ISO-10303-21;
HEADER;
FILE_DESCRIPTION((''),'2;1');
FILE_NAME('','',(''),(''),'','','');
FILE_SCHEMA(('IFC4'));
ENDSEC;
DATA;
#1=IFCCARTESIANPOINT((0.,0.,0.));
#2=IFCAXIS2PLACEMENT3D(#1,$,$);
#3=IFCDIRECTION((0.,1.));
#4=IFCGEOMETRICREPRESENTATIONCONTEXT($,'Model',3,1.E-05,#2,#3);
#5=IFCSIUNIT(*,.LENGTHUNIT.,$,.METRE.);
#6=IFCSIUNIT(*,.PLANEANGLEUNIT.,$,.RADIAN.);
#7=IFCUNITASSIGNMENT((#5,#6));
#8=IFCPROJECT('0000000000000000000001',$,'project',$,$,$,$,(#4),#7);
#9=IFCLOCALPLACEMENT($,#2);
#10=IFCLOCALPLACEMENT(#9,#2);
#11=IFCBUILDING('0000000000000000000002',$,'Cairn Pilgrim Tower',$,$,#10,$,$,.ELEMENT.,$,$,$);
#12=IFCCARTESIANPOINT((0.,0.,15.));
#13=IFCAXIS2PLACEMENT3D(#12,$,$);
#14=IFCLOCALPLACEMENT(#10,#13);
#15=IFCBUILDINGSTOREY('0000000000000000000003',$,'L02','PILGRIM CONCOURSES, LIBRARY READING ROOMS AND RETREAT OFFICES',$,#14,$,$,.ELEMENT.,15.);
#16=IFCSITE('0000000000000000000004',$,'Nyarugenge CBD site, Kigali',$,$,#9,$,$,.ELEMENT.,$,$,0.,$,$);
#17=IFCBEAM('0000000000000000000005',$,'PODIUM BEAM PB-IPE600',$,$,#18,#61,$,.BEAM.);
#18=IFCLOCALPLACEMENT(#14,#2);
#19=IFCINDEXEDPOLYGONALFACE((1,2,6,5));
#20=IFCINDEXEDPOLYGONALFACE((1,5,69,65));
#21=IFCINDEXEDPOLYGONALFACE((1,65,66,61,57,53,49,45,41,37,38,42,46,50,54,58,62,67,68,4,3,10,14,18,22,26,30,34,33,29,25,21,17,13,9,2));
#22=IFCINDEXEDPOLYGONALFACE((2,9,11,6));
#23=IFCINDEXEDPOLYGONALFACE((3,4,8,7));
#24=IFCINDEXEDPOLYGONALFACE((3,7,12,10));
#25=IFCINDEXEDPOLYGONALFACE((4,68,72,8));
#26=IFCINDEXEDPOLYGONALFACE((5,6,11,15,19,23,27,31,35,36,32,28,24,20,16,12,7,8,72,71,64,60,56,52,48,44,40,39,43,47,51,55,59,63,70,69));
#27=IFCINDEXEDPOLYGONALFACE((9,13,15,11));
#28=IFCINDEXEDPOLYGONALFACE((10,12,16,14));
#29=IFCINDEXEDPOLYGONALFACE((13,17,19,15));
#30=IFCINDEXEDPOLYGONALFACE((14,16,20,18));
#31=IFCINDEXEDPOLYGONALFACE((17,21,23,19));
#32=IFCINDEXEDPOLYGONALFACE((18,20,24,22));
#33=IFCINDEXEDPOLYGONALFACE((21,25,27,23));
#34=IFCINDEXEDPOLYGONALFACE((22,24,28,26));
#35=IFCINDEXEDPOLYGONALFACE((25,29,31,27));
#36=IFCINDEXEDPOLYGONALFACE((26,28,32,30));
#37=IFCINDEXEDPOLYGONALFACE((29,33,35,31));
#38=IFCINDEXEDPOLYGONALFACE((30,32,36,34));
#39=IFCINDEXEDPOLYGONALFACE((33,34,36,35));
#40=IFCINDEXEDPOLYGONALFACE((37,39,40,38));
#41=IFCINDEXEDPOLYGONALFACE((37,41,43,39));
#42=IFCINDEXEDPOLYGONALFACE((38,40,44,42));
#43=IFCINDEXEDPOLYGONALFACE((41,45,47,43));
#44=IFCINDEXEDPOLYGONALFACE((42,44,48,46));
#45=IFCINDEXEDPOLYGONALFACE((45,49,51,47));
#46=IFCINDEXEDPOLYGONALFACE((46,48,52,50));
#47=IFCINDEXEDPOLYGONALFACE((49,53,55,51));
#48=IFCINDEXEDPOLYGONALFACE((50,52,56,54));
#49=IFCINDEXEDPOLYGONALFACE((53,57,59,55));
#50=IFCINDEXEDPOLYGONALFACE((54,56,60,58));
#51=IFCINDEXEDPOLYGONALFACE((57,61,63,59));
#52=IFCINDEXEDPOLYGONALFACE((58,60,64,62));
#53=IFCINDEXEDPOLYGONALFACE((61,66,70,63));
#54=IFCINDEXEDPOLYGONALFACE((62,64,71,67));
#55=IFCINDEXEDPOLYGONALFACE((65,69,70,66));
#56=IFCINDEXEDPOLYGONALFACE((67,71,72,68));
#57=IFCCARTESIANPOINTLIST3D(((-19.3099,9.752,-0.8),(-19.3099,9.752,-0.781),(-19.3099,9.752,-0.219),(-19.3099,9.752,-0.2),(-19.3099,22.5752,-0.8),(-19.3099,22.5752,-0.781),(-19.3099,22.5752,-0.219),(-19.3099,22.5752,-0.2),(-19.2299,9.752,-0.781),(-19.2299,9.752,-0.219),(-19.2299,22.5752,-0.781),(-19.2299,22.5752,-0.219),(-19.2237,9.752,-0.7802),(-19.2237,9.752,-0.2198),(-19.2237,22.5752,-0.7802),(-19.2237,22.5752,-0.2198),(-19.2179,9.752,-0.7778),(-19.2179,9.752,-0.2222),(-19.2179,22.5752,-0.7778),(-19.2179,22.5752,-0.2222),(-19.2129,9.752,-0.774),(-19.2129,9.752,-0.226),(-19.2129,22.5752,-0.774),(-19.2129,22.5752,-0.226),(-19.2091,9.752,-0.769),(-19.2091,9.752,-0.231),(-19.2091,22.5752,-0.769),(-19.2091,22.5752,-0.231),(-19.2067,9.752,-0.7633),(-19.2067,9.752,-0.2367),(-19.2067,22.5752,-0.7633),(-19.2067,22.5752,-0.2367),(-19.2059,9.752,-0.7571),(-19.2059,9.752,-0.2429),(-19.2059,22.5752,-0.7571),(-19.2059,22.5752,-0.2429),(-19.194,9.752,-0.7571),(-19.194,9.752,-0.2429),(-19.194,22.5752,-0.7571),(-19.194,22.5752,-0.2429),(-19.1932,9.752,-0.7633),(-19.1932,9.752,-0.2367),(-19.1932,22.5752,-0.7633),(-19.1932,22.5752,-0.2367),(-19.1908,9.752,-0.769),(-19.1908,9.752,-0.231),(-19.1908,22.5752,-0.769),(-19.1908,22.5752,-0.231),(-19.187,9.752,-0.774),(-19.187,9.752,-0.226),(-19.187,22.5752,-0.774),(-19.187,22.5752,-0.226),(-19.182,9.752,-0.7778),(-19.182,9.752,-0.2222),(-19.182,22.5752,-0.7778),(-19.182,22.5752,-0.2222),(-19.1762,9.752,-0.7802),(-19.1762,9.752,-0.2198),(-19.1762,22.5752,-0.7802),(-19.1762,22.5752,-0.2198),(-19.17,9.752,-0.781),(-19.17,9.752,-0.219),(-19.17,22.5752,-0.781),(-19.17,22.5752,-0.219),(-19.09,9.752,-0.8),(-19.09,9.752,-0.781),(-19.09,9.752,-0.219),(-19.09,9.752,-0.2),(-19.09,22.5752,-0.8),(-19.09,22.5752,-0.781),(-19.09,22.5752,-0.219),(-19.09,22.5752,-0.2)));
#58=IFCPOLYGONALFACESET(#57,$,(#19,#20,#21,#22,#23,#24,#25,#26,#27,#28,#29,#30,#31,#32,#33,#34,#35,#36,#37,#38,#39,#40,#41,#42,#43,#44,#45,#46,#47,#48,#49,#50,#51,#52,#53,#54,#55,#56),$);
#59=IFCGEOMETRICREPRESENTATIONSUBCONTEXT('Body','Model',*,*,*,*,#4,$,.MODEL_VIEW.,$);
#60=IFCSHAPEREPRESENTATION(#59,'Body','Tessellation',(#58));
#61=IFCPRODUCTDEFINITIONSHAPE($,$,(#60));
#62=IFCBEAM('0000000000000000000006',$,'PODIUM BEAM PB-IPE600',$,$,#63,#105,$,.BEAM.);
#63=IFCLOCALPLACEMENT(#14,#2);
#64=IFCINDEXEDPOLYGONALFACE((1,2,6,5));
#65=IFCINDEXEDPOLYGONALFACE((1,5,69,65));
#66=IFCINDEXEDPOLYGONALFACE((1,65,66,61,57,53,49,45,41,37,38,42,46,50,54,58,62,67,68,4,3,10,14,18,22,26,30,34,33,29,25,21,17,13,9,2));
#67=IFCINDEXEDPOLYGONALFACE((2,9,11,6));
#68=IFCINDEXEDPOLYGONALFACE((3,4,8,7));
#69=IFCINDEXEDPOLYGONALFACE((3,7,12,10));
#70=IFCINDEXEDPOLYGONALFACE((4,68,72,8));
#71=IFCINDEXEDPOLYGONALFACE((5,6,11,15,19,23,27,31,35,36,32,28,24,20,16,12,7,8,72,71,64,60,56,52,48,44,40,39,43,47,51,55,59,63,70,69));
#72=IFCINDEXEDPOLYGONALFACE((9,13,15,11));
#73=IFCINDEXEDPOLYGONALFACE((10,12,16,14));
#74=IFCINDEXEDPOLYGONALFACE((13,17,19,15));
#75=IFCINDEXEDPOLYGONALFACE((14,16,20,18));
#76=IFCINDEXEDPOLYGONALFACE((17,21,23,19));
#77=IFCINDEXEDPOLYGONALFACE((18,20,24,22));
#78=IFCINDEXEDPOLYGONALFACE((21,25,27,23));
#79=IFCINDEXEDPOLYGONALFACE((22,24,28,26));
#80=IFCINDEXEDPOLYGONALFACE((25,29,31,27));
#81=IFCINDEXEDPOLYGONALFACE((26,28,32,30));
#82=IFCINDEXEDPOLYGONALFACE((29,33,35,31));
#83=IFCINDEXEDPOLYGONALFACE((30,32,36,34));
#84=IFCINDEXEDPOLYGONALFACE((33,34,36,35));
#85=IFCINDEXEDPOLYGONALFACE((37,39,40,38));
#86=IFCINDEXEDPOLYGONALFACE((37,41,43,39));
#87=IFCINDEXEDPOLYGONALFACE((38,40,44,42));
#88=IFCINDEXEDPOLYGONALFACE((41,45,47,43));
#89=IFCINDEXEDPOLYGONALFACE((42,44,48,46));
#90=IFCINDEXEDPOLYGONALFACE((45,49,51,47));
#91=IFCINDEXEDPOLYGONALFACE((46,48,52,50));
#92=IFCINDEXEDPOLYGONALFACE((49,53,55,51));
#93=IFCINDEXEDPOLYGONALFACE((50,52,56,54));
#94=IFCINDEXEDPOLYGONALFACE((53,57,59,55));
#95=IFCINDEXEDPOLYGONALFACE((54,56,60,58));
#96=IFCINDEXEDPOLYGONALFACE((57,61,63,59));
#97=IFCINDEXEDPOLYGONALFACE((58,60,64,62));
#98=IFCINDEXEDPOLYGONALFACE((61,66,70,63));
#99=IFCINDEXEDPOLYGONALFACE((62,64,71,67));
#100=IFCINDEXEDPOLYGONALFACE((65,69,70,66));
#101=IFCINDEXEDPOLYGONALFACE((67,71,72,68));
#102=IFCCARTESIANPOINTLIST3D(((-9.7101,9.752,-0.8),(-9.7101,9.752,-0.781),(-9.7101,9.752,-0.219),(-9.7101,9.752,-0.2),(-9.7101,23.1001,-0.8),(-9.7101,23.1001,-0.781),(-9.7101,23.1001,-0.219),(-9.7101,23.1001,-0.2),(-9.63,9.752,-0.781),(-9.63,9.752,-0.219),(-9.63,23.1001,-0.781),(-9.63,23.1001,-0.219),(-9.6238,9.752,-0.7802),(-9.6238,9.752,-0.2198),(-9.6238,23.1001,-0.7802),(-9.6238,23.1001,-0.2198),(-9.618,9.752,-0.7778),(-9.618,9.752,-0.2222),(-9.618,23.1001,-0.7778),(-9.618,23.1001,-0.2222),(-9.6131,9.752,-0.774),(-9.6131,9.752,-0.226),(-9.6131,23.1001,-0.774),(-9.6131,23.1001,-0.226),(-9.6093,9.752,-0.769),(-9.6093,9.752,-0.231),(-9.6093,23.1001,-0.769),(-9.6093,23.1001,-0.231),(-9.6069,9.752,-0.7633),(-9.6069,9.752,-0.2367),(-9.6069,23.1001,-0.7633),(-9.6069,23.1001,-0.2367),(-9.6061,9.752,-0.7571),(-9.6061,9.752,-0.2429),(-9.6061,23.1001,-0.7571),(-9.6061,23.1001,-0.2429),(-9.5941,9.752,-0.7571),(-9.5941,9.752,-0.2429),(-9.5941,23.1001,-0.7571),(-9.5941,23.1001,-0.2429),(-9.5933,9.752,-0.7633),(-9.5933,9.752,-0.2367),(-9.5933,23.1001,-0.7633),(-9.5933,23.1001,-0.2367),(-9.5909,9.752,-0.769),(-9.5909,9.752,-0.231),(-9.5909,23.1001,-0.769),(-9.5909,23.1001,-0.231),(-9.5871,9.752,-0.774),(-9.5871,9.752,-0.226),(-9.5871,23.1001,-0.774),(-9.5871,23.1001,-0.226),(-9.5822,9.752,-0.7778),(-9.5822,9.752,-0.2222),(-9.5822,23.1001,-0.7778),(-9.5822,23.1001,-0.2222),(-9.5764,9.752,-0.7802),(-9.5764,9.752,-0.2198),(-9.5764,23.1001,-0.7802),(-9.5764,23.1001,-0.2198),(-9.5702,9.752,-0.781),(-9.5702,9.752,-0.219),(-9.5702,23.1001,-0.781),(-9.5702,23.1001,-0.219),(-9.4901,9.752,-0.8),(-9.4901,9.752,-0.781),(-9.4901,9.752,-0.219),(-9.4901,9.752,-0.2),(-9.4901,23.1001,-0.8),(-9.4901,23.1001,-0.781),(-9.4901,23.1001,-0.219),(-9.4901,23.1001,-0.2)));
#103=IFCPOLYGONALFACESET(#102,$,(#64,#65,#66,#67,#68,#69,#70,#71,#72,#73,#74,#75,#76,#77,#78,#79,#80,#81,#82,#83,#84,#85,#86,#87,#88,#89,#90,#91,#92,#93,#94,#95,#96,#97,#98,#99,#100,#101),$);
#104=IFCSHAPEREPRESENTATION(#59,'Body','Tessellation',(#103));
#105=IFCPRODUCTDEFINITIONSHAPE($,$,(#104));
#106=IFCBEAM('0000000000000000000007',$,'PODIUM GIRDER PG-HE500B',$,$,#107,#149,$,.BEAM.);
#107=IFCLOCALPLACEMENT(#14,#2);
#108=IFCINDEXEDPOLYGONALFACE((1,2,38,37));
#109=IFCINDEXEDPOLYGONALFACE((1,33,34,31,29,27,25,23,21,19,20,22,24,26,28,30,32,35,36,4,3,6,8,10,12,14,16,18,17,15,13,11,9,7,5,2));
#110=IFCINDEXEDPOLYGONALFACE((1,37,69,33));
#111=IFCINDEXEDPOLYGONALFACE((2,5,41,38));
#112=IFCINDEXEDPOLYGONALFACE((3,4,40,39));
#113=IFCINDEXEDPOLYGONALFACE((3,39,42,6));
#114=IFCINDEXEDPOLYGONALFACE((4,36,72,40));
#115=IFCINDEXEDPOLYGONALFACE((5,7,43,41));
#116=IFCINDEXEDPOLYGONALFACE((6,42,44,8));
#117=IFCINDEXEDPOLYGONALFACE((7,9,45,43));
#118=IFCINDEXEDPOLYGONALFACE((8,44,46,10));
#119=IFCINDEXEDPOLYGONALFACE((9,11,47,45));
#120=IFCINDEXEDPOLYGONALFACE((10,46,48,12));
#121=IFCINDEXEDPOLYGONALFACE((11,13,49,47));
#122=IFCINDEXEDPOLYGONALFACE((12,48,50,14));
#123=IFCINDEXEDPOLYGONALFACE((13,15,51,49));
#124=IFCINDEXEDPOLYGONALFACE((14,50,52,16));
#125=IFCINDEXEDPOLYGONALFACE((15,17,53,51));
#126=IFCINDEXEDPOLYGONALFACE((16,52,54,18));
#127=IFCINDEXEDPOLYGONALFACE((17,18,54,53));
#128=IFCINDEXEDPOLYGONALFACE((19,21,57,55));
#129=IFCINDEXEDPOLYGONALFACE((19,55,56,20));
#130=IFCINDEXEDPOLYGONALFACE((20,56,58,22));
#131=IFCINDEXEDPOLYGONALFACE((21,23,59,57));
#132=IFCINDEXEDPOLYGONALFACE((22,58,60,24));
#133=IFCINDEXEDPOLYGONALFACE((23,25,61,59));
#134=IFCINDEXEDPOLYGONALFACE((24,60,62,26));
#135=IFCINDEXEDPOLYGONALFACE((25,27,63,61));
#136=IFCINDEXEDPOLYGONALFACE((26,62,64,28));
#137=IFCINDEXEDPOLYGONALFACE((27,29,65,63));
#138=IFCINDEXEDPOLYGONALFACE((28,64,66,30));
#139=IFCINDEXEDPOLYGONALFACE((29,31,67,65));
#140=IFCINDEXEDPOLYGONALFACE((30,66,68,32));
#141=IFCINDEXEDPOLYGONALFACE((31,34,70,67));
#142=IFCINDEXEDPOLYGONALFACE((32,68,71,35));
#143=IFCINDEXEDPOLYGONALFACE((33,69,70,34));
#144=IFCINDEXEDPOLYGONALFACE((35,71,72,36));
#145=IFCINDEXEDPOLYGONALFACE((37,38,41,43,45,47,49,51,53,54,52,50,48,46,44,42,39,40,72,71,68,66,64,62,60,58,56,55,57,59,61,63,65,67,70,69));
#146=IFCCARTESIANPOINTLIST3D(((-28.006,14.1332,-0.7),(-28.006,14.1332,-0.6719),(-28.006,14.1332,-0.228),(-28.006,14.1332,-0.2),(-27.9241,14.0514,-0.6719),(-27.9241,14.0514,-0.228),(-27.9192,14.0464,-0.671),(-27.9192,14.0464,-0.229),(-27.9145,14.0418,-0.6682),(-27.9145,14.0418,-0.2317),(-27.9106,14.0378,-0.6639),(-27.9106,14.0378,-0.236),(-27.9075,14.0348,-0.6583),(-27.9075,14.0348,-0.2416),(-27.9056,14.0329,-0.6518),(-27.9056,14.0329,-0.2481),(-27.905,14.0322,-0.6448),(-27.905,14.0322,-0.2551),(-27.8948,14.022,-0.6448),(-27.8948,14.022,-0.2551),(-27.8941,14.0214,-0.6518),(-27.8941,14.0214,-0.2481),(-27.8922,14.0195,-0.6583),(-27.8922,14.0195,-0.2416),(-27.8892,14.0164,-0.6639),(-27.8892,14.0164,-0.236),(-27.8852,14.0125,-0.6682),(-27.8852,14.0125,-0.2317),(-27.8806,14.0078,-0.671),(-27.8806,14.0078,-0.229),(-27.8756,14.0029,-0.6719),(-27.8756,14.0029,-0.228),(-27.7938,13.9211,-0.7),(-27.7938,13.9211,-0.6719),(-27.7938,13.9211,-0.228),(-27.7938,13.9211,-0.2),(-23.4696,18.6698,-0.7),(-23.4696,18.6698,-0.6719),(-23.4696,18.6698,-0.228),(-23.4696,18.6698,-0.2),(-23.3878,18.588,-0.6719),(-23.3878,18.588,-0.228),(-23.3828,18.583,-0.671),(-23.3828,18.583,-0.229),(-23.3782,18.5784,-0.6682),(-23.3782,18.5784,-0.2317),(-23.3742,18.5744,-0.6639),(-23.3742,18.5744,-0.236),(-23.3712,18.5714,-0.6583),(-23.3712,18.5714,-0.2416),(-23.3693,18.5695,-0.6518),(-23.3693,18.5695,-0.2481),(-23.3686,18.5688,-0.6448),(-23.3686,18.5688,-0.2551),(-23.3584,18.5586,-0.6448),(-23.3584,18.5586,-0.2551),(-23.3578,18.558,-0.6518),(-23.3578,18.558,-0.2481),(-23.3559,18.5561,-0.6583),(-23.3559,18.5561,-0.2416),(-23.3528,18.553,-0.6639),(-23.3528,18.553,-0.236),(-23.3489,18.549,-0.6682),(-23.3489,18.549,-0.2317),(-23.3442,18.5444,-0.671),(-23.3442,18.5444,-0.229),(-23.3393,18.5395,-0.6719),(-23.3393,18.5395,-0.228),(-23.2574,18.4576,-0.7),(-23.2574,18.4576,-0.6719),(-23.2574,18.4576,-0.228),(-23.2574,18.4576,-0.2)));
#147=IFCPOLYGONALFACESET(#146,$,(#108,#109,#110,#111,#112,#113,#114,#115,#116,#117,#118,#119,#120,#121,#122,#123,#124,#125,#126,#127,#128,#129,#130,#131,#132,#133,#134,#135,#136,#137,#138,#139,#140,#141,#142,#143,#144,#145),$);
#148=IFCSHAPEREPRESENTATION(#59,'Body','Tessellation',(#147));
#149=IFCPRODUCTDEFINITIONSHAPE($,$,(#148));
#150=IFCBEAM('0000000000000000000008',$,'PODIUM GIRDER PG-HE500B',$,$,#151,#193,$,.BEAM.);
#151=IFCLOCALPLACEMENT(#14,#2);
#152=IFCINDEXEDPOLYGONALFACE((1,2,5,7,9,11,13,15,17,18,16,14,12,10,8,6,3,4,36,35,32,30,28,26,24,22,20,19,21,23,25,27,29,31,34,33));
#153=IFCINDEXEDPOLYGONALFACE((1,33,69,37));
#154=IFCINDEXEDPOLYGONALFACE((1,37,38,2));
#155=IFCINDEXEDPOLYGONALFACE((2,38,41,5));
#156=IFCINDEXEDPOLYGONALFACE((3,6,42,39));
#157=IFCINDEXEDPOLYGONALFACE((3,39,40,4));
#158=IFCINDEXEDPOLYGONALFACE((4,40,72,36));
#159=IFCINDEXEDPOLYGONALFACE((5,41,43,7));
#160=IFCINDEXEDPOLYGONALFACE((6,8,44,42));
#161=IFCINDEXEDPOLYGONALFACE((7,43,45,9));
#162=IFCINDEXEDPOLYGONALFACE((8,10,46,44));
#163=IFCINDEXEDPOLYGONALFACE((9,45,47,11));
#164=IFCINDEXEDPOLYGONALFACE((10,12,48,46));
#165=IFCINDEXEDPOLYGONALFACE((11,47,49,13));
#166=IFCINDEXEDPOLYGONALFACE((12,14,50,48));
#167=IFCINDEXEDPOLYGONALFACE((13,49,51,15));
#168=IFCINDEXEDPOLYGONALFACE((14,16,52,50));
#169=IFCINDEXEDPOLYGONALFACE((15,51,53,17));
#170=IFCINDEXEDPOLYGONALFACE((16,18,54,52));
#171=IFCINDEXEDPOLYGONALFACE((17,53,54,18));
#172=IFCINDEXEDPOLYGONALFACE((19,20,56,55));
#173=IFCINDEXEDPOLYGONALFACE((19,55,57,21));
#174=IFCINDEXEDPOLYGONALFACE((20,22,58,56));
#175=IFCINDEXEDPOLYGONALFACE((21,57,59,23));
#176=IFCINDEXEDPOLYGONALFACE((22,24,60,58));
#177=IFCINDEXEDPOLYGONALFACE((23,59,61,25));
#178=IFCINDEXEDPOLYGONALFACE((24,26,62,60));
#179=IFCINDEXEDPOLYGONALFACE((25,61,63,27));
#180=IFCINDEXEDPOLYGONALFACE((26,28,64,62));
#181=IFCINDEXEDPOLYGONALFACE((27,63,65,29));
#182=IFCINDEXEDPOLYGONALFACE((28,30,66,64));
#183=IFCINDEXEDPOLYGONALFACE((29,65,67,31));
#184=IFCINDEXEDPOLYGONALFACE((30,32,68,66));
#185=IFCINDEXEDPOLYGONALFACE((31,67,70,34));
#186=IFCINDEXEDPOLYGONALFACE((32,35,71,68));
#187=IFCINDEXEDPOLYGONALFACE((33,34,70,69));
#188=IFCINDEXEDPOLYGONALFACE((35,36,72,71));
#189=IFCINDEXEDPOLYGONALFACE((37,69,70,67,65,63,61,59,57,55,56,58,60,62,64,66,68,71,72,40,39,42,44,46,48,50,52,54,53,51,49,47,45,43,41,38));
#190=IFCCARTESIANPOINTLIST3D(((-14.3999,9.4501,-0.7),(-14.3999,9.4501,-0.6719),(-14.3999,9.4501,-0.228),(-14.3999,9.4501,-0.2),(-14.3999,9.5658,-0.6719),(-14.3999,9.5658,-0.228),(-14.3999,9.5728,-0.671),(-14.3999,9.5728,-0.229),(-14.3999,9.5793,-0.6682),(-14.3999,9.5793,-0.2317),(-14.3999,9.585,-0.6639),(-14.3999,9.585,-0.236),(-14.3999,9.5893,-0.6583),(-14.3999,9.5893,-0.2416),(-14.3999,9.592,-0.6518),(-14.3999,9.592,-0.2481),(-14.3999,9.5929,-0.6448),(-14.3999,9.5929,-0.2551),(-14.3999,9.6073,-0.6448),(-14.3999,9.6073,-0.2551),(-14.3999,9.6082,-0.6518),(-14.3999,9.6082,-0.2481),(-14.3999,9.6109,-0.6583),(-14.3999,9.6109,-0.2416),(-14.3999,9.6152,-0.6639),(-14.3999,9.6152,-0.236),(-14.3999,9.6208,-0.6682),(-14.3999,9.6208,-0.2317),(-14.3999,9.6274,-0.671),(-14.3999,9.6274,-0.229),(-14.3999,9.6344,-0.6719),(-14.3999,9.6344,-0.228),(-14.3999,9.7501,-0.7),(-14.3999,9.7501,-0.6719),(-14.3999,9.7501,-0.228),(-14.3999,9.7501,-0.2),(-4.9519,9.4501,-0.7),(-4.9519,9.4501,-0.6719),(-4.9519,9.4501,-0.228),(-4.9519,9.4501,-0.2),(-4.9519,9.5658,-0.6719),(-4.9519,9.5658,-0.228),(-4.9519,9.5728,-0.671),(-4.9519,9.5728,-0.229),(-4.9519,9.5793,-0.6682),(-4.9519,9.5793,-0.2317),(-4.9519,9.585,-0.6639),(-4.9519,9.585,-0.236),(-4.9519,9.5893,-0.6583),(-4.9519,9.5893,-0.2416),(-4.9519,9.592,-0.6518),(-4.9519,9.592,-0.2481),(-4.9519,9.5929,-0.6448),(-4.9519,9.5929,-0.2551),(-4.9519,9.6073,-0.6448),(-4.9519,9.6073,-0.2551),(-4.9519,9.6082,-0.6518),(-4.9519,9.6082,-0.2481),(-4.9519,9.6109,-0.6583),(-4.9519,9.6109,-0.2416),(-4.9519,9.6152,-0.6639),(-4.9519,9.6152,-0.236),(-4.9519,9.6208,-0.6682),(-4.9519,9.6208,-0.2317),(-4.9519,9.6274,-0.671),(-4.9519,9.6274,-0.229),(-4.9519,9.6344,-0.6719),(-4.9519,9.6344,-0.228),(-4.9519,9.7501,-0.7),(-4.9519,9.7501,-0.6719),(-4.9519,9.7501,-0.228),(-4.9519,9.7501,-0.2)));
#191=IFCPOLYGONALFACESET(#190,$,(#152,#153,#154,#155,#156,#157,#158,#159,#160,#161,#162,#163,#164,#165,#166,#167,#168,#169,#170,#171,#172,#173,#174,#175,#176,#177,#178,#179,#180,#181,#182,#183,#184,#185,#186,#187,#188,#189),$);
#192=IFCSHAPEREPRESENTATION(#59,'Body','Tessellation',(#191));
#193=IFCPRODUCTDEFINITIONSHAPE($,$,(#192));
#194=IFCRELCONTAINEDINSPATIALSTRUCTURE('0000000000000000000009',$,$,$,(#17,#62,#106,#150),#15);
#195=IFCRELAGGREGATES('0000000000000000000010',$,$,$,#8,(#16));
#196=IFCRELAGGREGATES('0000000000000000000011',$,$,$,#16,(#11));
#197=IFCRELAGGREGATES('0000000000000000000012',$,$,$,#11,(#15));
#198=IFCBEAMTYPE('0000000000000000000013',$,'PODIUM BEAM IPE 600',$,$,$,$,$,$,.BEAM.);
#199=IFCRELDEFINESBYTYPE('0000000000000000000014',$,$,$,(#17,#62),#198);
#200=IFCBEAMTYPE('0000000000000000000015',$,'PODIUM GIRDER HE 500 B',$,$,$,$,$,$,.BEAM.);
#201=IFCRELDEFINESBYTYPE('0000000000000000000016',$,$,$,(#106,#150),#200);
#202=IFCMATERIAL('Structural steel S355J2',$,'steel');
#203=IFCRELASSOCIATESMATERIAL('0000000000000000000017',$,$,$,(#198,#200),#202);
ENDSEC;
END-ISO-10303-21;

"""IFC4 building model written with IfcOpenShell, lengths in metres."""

from ifc_helpers import new_model, si_unit, direction, frame, origin, origin_2d, place, context, subcontext, project, spatial, i_section, extrude, material, material_profile, profile_set, type_object, element, save


model = new_model("IFC4")

# Units and contexts
model_context = context("Model", 3, precision=1e-05, world=origin(), true_north=direction((0.0, 1.0)))
body_context = subcontext(model_context, "Body", "Model", "MODEL_VIEW")
ifc_project = project(units=[si_unit("LENGTHUNIT", "METRE"), si_unit("PLANEANGLEUNIT", "RADIAN")], contexts=[model_context])

# Site, building, storey
site_placement = place(None, origin())
site = spatial("IfcSite", under=ifc_project, at=site_placement, Name="Nyarugenge CBD site, Kigali", CompositionType="ELEMENT", RefElevation=0.0)
building_placement = place(site_placement, origin())
building = spatial("IfcBuilding", under=site, at=building_placement, Name="Cairn Pilgrim Tower", CompositionType="ELEMENT")
storey_placement = place(building_placement, frame((0.0, 0.0, 15.0)))
storey = spatial("IfcBuildingStorey", under=building, at=storey_placement, Name="L02", Description="PILGRIM CONCOURSES, LIBRARY READING ROOMS AND RETREAT OFFICES", CompositionType="ELEMENT", Elevation=15.0)

# Beams
ifc_material_1 = material(Name="Structural steel S355J2", Category="steel")
ifc_material_profile_1 = material_profile(ifc_material_1, i_section(OverallWidth=0.22, OverallDepth=0.6001, WebThickness=0.012, FlangeThickness=0.019, FilletRadius=0.0239, at=origin_2d()), Name="IPE 600")
ifc_profile_set_1 = profile_set([ifc_material_profile_1], Name="Structural steel S355J2")
beam_type_1 = type_object("IfcBeamType", Name="PODIUM BEAM IPE 600", PredefinedType="BEAM", material=ifc_profile_set_1)
beam_1_placement = place(storey_placement, frame((-19.2, 9.752, -0.5), z_axis=(0.0, 1.0, 0.0), x_axis=(-1.0, 0.0, 0.0)))
element("IfcBeam", 1, at=beam_1_placement, inside=storey, type_object=beam_type_1, Name="PODIUM BEAM PB-IPE600", PredefinedType="BEAM", context=body_context, shape_type="SweptSolid", body=[
    extrude(i_section(OverallWidth=0.22, OverallDepth=0.6001, WebThickness=0.012, FlangeThickness=0.019, FilletRadius=0.0239, at=origin_2d()), origin(), (0.0, 0.0, 1.0), 12.8232),
])
beam_2_placement = place(storey_placement, frame((-9.6001, 9.752, -0.5), z_axis=(0.0, 1.0, 0.0), x_axis=(-1.0, 0.0, 0.0)))
element("IfcBeam", 2, at=beam_2_placement, inside=storey, type_object=beam_type_1, Name="PODIUM BEAM PB-IPE600", PredefinedType="BEAM", context=body_context, shape_type="SweptSolid", body=[
    extrude(i_section(OverallWidth=0.22, OverallDepth=0.6001, WebThickness=0.012, FlangeThickness=0.019, FilletRadius=0.0239, at=origin_2d()), origin(), (0.0, 0.0, 1.0), 13.3481),
])
ifc_material_profile_2 = material_profile(ifc_material_1, i_section(OverallWidth=0.3, OverallDepth=0.5, WebThickness=0.0144, FlangeThickness=0.0281, FilletRadius=0.0271, at=origin_2d()), Name="HEB 500")
ifc_profile_set_2 = profile_set([ifc_material_profile_2], Name="Structural steel S355J2")
beam_type_2 = type_object("IfcBeamType", Name="PODIUM GIRDER HE 500 B", PredefinedType="BEAM", material=ifc_profile_set_2)
beam_3_placement = place(storey_placement, frame((-23.3635, 18.5637, -0.45), z_axis=(-0.707088, -0.707126, 0.0), x_axis=(0.707126, -0.707088, 0.0)))
element("IfcBeam", 3, at=beam_3_placement, inside=storey, type_object=beam_type_2, Name="PODIUM GIRDER PG-HE500B", PredefinedType="BEAM", context=body_context, shape_type="SweptSolid", body=[
    extrude(i_section(OverallWidth=0.3, OverallDepth=0.5, WebThickness=0.0144, FlangeThickness=0.0281, FilletRadius=0.0271, at=origin_2d()), origin(), (0.0, 0.0, 1.0), 6.4155),
])
beam_4_placement = place(storey_placement, frame((-14.3999, 9.6001, -0.45), z_axis=(1.0, 0.0, 0.0), x_axis=(0.0, 1.0, 0.0)))
element("IfcBeam", 4, at=beam_4_placement, inside=storey, type_object=beam_type_2, Name="PODIUM GIRDER PG-HE500B", PredefinedType="BEAM", context=body_context, shape_type="SweptSolid", body=[
    extrude(i_section(OverallWidth=0.3, OverallDepth=0.5, WebThickness=0.0144, FlangeThickness=0.0281, FilletRadius=0.0271, at=origin_2d()), origin(), (0.0, 0.0, 1.0), 9.448),
])

save(model, "model.ifc")
